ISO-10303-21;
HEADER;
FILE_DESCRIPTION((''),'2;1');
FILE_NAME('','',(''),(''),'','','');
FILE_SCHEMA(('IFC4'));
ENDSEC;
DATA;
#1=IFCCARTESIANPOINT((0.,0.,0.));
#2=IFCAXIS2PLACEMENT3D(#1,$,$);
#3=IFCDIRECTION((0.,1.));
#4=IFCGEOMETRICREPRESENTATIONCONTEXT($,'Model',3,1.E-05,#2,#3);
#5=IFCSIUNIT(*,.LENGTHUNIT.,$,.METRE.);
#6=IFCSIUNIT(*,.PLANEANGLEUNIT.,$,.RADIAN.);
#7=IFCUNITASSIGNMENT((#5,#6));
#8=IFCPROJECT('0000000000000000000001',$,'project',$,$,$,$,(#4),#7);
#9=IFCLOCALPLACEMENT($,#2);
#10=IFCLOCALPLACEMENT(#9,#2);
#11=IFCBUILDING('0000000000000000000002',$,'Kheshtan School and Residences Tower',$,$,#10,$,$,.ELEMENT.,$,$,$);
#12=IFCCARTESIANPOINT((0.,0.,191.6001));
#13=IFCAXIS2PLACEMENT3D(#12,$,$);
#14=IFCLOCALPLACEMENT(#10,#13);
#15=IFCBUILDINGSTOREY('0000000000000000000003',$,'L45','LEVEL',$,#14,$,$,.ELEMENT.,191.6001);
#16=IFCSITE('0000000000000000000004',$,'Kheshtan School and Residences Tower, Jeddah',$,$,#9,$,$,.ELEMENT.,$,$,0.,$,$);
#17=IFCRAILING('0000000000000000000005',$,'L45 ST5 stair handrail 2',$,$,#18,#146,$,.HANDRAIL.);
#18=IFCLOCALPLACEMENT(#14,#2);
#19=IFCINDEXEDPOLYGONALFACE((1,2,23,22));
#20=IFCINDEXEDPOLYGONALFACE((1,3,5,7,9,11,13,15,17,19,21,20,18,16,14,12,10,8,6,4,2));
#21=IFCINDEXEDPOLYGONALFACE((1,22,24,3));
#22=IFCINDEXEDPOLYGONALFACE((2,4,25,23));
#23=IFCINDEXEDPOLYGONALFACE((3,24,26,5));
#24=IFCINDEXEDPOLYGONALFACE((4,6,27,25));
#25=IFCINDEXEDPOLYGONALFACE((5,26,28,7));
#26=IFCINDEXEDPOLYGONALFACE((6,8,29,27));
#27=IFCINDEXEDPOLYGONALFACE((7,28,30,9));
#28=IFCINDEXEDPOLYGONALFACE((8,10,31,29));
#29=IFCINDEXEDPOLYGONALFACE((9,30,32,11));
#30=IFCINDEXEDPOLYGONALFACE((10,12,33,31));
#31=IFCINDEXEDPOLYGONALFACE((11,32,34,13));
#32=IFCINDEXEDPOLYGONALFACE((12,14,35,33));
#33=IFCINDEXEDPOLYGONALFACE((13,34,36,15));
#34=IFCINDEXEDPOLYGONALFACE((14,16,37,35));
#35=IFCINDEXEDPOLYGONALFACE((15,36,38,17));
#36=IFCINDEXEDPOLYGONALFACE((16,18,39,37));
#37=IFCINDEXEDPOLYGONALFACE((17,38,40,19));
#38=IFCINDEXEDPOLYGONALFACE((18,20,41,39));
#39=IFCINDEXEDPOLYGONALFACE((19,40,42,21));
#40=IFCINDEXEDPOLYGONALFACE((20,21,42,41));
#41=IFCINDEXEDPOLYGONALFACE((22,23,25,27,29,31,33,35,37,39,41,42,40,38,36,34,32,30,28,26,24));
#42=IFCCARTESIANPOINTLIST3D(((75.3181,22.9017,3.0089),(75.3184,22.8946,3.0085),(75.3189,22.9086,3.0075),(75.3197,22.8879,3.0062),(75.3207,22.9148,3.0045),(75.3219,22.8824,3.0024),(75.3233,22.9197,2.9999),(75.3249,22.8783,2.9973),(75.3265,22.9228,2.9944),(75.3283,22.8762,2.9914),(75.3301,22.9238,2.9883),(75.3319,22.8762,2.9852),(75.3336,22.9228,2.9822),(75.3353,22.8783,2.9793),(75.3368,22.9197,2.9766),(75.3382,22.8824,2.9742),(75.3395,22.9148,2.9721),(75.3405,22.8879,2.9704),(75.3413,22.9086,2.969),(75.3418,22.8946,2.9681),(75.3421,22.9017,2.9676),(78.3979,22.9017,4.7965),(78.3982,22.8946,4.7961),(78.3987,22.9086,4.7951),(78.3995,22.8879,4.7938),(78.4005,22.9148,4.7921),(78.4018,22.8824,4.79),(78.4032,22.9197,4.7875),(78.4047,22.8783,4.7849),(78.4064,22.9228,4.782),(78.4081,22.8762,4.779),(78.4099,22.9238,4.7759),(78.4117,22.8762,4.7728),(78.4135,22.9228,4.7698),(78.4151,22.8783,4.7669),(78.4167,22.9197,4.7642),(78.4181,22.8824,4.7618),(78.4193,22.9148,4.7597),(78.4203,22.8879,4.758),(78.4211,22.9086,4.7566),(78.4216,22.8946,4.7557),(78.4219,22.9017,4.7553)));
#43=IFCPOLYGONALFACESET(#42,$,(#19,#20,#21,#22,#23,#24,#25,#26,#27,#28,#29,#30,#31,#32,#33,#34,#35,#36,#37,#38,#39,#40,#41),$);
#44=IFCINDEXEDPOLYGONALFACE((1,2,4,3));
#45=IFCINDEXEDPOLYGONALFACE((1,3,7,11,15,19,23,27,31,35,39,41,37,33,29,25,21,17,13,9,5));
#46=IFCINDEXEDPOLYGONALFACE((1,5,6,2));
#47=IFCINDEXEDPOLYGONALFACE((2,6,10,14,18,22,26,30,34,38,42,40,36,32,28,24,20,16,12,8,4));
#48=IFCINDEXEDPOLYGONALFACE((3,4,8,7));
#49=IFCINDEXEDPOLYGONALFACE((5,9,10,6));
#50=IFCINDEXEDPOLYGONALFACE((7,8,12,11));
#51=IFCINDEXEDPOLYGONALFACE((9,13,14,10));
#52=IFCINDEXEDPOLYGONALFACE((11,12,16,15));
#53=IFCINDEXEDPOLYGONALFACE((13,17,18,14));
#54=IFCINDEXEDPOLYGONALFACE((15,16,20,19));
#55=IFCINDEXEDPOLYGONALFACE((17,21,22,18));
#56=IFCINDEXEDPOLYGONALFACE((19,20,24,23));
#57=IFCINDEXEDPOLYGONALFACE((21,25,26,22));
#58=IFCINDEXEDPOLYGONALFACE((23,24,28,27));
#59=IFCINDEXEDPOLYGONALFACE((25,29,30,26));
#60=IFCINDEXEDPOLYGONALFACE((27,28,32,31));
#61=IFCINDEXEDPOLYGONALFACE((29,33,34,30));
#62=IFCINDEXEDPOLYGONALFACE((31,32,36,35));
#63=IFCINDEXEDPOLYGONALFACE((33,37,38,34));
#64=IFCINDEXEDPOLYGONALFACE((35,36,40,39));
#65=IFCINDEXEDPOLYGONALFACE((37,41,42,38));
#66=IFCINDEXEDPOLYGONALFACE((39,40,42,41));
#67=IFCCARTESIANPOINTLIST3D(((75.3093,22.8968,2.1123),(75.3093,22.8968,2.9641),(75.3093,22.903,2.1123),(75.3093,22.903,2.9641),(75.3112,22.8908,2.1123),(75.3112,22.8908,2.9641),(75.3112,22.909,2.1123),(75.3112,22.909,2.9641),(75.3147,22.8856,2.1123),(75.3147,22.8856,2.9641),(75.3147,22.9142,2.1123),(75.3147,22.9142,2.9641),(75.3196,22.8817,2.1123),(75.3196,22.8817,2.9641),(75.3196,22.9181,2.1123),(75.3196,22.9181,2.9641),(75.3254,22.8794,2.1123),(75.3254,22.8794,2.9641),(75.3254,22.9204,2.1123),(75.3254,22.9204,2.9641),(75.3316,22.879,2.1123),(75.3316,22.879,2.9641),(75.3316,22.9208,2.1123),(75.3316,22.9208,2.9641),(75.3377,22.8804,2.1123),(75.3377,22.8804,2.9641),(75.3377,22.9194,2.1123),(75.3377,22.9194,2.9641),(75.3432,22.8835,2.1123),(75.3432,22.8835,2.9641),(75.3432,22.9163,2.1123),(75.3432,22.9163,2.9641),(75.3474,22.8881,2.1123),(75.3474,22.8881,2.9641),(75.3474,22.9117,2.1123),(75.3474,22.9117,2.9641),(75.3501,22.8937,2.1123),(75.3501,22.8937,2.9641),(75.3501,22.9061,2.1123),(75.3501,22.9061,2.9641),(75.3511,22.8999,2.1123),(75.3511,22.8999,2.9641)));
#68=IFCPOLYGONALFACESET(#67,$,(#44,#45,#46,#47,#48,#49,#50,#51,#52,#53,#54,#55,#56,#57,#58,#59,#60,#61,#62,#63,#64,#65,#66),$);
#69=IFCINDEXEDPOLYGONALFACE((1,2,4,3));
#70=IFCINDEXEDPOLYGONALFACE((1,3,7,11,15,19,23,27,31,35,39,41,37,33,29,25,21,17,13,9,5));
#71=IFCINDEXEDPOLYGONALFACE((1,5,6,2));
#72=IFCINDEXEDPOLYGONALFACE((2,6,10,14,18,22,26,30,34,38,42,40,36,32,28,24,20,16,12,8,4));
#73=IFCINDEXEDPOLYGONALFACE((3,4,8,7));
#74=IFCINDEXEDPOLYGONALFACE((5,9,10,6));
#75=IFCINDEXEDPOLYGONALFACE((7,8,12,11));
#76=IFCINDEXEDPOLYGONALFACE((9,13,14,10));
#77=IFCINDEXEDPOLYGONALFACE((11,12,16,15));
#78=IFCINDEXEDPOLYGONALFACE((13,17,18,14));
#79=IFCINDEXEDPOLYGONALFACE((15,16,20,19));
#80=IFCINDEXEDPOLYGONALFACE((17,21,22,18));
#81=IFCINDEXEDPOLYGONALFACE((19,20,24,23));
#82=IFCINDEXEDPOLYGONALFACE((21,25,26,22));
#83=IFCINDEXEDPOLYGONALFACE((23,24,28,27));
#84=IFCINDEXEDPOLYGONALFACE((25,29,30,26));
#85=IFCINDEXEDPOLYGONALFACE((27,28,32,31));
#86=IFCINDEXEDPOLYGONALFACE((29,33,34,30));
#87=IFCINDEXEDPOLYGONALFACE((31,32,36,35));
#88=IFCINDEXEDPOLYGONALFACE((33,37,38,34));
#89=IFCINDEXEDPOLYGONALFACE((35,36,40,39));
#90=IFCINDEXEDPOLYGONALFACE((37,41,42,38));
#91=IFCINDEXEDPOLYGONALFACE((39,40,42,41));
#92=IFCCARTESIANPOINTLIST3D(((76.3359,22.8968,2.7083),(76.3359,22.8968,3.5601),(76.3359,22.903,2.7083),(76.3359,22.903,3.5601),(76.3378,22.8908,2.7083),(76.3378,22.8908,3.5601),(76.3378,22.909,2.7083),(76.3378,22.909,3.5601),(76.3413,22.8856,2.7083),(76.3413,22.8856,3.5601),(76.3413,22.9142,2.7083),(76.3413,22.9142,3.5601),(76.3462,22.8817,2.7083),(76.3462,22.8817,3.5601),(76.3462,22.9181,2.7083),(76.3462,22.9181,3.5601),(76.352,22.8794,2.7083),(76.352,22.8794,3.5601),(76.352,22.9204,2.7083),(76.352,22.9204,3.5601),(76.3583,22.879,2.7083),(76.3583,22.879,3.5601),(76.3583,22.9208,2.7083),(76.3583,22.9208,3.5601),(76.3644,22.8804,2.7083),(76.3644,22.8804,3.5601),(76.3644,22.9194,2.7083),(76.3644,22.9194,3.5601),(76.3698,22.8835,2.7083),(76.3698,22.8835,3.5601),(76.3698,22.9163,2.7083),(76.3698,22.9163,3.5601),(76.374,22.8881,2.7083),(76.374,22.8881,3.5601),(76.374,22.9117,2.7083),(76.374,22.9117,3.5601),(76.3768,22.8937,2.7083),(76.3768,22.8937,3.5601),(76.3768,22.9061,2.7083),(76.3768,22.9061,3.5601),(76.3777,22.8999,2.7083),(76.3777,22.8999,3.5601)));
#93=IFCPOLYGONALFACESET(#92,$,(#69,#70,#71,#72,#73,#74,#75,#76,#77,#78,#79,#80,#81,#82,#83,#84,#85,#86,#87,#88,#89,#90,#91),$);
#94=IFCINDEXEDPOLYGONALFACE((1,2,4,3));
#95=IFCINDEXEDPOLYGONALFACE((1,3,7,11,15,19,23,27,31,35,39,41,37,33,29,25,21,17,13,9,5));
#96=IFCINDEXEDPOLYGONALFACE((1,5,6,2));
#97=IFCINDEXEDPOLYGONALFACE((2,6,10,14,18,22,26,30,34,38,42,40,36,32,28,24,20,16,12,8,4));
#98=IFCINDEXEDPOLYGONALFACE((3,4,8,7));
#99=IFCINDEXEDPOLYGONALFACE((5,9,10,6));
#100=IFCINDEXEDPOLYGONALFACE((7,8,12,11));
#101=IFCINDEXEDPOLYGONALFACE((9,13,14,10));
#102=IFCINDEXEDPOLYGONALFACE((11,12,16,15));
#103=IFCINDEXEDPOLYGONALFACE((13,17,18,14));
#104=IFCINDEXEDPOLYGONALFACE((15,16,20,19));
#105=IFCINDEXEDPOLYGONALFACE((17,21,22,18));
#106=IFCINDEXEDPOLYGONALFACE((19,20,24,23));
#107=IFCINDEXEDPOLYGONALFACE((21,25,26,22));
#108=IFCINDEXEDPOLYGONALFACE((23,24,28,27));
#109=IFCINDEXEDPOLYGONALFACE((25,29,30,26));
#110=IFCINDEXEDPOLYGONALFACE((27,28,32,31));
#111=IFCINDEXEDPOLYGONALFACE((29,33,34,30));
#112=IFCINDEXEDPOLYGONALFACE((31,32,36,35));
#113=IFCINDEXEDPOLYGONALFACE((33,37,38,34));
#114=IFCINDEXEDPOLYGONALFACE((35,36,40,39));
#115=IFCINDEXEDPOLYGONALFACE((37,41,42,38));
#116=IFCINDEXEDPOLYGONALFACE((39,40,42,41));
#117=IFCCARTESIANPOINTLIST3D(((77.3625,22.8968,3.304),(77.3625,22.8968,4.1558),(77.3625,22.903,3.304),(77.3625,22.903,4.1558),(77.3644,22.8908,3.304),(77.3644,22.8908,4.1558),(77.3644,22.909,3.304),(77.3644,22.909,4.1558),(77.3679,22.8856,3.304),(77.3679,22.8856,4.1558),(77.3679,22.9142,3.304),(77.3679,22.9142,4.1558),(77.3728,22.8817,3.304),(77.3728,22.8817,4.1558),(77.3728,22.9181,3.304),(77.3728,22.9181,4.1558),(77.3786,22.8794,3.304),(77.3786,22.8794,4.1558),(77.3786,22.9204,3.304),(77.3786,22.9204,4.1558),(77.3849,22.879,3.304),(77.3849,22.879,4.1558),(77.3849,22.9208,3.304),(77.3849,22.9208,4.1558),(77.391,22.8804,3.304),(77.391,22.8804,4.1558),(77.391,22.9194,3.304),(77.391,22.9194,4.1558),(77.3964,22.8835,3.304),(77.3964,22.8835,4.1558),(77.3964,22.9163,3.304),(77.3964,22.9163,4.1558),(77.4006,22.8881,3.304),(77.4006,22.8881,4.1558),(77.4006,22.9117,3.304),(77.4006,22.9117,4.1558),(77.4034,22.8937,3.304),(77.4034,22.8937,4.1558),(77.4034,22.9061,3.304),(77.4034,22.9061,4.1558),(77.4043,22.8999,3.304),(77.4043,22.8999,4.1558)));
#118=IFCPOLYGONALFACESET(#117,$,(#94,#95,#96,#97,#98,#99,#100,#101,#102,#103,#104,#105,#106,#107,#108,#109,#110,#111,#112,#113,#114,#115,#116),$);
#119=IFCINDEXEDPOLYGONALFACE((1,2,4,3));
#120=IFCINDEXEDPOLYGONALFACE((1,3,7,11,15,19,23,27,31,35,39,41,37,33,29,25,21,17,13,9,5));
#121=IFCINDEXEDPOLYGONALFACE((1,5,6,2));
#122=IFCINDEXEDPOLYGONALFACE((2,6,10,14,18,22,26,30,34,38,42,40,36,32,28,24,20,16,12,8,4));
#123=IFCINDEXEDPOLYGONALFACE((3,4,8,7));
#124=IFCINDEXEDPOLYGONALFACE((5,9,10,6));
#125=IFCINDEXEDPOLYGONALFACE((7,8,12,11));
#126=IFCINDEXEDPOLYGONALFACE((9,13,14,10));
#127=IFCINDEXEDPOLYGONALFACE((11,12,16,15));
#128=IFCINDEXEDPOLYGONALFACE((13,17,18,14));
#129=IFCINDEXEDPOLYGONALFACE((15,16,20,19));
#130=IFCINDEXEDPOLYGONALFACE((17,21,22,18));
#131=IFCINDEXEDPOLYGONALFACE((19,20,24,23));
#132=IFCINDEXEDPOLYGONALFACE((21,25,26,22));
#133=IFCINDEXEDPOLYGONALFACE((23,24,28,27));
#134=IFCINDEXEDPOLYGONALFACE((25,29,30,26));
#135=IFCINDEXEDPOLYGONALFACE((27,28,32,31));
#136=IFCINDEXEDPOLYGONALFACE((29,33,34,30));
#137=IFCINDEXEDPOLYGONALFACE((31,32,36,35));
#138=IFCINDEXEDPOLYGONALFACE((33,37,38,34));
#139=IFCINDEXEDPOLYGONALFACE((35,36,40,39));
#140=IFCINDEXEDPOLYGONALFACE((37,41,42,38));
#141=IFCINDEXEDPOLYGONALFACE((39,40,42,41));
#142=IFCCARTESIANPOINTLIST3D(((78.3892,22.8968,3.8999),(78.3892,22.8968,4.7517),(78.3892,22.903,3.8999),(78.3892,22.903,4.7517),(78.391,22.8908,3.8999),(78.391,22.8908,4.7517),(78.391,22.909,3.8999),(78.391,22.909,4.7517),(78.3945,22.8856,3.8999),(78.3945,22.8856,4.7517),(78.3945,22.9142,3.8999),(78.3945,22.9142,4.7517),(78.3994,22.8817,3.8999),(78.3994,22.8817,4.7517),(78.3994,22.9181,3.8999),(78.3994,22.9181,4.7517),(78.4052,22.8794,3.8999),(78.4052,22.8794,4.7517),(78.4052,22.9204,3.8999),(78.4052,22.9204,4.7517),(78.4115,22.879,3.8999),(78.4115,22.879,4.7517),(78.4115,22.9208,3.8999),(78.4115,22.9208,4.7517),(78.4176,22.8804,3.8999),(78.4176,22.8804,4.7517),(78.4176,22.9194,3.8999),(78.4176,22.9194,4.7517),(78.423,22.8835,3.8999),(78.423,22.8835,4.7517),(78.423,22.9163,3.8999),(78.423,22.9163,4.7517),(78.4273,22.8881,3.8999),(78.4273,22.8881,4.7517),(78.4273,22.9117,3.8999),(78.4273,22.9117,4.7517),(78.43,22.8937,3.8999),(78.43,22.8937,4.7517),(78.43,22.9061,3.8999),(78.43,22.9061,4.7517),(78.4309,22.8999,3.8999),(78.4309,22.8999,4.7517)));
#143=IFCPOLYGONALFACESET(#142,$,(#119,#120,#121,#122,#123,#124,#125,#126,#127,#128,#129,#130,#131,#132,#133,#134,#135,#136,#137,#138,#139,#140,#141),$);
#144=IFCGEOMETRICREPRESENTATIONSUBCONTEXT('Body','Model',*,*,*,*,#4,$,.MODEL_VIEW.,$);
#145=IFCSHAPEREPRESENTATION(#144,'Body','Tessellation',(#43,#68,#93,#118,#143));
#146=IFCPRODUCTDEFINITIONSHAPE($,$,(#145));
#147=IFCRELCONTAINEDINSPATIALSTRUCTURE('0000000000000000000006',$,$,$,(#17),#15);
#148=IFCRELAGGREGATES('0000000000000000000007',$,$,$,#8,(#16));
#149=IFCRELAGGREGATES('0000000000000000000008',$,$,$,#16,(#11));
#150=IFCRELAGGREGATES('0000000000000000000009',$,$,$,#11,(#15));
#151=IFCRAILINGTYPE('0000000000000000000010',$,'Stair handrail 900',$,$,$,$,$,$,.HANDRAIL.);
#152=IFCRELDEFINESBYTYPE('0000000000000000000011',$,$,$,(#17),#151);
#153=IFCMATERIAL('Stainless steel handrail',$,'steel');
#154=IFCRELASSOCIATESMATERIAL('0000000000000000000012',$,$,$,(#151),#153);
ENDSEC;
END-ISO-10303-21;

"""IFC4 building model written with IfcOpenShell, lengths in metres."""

from ifc_helpers import new_model, si_unit, direction, frame, origin, origin_2d, place, context, subcontext, project, spatial, circle, extrude, material, type_object, element, save


model = new_model("IFC4")

# Units and contexts
model_context = context("Model", 3, precision=1e-05, world=origin(), true_north=direction((0.0, 1.0)))
body_context = subcontext(model_context, "Body", "Model", "MODEL_VIEW")
ifc_project = project(units=[si_unit("LENGTHUNIT", "METRE"), si_unit("PLANEANGLEUNIT", "RADIAN")], contexts=[model_context])

# Site, building, storey
site_placement = place(None, origin())
site = spatial("IfcSite", under=ifc_project, at=site_placement, Name="Kheshtan School and Residences Tower, Jeddah", CompositionType="ELEMENT", RefElevation=0.0)
building_placement = place(site_placement, origin())
building = spatial("IfcBuilding", under=site, at=building_placement, Name="Kheshtan School and Residences Tower", CompositionType="ELEMENT")
storey_placement = place(building_placement, frame((0.0, 0.0, 191.6001)))
storey = spatial("IfcBuildingStorey", under=building, at=storey_placement, Name="L45", Description="LEVEL", CompositionType="ELEMENT", Elevation=191.6001)

# Railing
ifc_material_1 = material(Name="Stainless steel handrail", Category="steel")
railing_type = type_object("IfcRailingType", Name="Stair handrail 900", PredefinedType="HANDRAIL", material=ifc_material_1)
railing_placement = place(storey_placement, frame((75.3301, 22.8999, 2.1123)))
element("IfcRailing", 1, at=railing_placement, inside=storey, type_object=railing_type, Name="L45 ST5 stair handrail 2", PredefinedType="HANDRAIL", context=body_context, shape_type="SweptSolid", body=[
    extrude(circle(Radius=0.0239, at=origin_2d()), frame((0.0, 0.0, 0.876), z_axis=(0.864873, 0.0, 0.50199), x_axis=(0.0, 1.0, 0.0)), (0.0, 0.0, 1.0), 3.561),
    extrude(circle(Radius=0.021, at=origin_2d()), origin(), (0.0, 0.0, 1.0), 0.8518),
    extrude(circle(Radius=0.021, at=origin_2d()), frame((1.0266, 0.0, 0.5959)), (0.0, 0.0, 1.0), 0.8518),
    extrude(circle(Radius=0.021, at=origin_2d()), frame((2.0532, 0.0, 1.1917)), (0.0, 0.0, 1.0), 0.8518),
    extrude(circle(Radius=0.021, at=origin_2d()), frame((3.0798, 0.0, 1.7876)), (0.0, 0.0, 1.0), 0.8518),
])

save(model, "model.ifc")
